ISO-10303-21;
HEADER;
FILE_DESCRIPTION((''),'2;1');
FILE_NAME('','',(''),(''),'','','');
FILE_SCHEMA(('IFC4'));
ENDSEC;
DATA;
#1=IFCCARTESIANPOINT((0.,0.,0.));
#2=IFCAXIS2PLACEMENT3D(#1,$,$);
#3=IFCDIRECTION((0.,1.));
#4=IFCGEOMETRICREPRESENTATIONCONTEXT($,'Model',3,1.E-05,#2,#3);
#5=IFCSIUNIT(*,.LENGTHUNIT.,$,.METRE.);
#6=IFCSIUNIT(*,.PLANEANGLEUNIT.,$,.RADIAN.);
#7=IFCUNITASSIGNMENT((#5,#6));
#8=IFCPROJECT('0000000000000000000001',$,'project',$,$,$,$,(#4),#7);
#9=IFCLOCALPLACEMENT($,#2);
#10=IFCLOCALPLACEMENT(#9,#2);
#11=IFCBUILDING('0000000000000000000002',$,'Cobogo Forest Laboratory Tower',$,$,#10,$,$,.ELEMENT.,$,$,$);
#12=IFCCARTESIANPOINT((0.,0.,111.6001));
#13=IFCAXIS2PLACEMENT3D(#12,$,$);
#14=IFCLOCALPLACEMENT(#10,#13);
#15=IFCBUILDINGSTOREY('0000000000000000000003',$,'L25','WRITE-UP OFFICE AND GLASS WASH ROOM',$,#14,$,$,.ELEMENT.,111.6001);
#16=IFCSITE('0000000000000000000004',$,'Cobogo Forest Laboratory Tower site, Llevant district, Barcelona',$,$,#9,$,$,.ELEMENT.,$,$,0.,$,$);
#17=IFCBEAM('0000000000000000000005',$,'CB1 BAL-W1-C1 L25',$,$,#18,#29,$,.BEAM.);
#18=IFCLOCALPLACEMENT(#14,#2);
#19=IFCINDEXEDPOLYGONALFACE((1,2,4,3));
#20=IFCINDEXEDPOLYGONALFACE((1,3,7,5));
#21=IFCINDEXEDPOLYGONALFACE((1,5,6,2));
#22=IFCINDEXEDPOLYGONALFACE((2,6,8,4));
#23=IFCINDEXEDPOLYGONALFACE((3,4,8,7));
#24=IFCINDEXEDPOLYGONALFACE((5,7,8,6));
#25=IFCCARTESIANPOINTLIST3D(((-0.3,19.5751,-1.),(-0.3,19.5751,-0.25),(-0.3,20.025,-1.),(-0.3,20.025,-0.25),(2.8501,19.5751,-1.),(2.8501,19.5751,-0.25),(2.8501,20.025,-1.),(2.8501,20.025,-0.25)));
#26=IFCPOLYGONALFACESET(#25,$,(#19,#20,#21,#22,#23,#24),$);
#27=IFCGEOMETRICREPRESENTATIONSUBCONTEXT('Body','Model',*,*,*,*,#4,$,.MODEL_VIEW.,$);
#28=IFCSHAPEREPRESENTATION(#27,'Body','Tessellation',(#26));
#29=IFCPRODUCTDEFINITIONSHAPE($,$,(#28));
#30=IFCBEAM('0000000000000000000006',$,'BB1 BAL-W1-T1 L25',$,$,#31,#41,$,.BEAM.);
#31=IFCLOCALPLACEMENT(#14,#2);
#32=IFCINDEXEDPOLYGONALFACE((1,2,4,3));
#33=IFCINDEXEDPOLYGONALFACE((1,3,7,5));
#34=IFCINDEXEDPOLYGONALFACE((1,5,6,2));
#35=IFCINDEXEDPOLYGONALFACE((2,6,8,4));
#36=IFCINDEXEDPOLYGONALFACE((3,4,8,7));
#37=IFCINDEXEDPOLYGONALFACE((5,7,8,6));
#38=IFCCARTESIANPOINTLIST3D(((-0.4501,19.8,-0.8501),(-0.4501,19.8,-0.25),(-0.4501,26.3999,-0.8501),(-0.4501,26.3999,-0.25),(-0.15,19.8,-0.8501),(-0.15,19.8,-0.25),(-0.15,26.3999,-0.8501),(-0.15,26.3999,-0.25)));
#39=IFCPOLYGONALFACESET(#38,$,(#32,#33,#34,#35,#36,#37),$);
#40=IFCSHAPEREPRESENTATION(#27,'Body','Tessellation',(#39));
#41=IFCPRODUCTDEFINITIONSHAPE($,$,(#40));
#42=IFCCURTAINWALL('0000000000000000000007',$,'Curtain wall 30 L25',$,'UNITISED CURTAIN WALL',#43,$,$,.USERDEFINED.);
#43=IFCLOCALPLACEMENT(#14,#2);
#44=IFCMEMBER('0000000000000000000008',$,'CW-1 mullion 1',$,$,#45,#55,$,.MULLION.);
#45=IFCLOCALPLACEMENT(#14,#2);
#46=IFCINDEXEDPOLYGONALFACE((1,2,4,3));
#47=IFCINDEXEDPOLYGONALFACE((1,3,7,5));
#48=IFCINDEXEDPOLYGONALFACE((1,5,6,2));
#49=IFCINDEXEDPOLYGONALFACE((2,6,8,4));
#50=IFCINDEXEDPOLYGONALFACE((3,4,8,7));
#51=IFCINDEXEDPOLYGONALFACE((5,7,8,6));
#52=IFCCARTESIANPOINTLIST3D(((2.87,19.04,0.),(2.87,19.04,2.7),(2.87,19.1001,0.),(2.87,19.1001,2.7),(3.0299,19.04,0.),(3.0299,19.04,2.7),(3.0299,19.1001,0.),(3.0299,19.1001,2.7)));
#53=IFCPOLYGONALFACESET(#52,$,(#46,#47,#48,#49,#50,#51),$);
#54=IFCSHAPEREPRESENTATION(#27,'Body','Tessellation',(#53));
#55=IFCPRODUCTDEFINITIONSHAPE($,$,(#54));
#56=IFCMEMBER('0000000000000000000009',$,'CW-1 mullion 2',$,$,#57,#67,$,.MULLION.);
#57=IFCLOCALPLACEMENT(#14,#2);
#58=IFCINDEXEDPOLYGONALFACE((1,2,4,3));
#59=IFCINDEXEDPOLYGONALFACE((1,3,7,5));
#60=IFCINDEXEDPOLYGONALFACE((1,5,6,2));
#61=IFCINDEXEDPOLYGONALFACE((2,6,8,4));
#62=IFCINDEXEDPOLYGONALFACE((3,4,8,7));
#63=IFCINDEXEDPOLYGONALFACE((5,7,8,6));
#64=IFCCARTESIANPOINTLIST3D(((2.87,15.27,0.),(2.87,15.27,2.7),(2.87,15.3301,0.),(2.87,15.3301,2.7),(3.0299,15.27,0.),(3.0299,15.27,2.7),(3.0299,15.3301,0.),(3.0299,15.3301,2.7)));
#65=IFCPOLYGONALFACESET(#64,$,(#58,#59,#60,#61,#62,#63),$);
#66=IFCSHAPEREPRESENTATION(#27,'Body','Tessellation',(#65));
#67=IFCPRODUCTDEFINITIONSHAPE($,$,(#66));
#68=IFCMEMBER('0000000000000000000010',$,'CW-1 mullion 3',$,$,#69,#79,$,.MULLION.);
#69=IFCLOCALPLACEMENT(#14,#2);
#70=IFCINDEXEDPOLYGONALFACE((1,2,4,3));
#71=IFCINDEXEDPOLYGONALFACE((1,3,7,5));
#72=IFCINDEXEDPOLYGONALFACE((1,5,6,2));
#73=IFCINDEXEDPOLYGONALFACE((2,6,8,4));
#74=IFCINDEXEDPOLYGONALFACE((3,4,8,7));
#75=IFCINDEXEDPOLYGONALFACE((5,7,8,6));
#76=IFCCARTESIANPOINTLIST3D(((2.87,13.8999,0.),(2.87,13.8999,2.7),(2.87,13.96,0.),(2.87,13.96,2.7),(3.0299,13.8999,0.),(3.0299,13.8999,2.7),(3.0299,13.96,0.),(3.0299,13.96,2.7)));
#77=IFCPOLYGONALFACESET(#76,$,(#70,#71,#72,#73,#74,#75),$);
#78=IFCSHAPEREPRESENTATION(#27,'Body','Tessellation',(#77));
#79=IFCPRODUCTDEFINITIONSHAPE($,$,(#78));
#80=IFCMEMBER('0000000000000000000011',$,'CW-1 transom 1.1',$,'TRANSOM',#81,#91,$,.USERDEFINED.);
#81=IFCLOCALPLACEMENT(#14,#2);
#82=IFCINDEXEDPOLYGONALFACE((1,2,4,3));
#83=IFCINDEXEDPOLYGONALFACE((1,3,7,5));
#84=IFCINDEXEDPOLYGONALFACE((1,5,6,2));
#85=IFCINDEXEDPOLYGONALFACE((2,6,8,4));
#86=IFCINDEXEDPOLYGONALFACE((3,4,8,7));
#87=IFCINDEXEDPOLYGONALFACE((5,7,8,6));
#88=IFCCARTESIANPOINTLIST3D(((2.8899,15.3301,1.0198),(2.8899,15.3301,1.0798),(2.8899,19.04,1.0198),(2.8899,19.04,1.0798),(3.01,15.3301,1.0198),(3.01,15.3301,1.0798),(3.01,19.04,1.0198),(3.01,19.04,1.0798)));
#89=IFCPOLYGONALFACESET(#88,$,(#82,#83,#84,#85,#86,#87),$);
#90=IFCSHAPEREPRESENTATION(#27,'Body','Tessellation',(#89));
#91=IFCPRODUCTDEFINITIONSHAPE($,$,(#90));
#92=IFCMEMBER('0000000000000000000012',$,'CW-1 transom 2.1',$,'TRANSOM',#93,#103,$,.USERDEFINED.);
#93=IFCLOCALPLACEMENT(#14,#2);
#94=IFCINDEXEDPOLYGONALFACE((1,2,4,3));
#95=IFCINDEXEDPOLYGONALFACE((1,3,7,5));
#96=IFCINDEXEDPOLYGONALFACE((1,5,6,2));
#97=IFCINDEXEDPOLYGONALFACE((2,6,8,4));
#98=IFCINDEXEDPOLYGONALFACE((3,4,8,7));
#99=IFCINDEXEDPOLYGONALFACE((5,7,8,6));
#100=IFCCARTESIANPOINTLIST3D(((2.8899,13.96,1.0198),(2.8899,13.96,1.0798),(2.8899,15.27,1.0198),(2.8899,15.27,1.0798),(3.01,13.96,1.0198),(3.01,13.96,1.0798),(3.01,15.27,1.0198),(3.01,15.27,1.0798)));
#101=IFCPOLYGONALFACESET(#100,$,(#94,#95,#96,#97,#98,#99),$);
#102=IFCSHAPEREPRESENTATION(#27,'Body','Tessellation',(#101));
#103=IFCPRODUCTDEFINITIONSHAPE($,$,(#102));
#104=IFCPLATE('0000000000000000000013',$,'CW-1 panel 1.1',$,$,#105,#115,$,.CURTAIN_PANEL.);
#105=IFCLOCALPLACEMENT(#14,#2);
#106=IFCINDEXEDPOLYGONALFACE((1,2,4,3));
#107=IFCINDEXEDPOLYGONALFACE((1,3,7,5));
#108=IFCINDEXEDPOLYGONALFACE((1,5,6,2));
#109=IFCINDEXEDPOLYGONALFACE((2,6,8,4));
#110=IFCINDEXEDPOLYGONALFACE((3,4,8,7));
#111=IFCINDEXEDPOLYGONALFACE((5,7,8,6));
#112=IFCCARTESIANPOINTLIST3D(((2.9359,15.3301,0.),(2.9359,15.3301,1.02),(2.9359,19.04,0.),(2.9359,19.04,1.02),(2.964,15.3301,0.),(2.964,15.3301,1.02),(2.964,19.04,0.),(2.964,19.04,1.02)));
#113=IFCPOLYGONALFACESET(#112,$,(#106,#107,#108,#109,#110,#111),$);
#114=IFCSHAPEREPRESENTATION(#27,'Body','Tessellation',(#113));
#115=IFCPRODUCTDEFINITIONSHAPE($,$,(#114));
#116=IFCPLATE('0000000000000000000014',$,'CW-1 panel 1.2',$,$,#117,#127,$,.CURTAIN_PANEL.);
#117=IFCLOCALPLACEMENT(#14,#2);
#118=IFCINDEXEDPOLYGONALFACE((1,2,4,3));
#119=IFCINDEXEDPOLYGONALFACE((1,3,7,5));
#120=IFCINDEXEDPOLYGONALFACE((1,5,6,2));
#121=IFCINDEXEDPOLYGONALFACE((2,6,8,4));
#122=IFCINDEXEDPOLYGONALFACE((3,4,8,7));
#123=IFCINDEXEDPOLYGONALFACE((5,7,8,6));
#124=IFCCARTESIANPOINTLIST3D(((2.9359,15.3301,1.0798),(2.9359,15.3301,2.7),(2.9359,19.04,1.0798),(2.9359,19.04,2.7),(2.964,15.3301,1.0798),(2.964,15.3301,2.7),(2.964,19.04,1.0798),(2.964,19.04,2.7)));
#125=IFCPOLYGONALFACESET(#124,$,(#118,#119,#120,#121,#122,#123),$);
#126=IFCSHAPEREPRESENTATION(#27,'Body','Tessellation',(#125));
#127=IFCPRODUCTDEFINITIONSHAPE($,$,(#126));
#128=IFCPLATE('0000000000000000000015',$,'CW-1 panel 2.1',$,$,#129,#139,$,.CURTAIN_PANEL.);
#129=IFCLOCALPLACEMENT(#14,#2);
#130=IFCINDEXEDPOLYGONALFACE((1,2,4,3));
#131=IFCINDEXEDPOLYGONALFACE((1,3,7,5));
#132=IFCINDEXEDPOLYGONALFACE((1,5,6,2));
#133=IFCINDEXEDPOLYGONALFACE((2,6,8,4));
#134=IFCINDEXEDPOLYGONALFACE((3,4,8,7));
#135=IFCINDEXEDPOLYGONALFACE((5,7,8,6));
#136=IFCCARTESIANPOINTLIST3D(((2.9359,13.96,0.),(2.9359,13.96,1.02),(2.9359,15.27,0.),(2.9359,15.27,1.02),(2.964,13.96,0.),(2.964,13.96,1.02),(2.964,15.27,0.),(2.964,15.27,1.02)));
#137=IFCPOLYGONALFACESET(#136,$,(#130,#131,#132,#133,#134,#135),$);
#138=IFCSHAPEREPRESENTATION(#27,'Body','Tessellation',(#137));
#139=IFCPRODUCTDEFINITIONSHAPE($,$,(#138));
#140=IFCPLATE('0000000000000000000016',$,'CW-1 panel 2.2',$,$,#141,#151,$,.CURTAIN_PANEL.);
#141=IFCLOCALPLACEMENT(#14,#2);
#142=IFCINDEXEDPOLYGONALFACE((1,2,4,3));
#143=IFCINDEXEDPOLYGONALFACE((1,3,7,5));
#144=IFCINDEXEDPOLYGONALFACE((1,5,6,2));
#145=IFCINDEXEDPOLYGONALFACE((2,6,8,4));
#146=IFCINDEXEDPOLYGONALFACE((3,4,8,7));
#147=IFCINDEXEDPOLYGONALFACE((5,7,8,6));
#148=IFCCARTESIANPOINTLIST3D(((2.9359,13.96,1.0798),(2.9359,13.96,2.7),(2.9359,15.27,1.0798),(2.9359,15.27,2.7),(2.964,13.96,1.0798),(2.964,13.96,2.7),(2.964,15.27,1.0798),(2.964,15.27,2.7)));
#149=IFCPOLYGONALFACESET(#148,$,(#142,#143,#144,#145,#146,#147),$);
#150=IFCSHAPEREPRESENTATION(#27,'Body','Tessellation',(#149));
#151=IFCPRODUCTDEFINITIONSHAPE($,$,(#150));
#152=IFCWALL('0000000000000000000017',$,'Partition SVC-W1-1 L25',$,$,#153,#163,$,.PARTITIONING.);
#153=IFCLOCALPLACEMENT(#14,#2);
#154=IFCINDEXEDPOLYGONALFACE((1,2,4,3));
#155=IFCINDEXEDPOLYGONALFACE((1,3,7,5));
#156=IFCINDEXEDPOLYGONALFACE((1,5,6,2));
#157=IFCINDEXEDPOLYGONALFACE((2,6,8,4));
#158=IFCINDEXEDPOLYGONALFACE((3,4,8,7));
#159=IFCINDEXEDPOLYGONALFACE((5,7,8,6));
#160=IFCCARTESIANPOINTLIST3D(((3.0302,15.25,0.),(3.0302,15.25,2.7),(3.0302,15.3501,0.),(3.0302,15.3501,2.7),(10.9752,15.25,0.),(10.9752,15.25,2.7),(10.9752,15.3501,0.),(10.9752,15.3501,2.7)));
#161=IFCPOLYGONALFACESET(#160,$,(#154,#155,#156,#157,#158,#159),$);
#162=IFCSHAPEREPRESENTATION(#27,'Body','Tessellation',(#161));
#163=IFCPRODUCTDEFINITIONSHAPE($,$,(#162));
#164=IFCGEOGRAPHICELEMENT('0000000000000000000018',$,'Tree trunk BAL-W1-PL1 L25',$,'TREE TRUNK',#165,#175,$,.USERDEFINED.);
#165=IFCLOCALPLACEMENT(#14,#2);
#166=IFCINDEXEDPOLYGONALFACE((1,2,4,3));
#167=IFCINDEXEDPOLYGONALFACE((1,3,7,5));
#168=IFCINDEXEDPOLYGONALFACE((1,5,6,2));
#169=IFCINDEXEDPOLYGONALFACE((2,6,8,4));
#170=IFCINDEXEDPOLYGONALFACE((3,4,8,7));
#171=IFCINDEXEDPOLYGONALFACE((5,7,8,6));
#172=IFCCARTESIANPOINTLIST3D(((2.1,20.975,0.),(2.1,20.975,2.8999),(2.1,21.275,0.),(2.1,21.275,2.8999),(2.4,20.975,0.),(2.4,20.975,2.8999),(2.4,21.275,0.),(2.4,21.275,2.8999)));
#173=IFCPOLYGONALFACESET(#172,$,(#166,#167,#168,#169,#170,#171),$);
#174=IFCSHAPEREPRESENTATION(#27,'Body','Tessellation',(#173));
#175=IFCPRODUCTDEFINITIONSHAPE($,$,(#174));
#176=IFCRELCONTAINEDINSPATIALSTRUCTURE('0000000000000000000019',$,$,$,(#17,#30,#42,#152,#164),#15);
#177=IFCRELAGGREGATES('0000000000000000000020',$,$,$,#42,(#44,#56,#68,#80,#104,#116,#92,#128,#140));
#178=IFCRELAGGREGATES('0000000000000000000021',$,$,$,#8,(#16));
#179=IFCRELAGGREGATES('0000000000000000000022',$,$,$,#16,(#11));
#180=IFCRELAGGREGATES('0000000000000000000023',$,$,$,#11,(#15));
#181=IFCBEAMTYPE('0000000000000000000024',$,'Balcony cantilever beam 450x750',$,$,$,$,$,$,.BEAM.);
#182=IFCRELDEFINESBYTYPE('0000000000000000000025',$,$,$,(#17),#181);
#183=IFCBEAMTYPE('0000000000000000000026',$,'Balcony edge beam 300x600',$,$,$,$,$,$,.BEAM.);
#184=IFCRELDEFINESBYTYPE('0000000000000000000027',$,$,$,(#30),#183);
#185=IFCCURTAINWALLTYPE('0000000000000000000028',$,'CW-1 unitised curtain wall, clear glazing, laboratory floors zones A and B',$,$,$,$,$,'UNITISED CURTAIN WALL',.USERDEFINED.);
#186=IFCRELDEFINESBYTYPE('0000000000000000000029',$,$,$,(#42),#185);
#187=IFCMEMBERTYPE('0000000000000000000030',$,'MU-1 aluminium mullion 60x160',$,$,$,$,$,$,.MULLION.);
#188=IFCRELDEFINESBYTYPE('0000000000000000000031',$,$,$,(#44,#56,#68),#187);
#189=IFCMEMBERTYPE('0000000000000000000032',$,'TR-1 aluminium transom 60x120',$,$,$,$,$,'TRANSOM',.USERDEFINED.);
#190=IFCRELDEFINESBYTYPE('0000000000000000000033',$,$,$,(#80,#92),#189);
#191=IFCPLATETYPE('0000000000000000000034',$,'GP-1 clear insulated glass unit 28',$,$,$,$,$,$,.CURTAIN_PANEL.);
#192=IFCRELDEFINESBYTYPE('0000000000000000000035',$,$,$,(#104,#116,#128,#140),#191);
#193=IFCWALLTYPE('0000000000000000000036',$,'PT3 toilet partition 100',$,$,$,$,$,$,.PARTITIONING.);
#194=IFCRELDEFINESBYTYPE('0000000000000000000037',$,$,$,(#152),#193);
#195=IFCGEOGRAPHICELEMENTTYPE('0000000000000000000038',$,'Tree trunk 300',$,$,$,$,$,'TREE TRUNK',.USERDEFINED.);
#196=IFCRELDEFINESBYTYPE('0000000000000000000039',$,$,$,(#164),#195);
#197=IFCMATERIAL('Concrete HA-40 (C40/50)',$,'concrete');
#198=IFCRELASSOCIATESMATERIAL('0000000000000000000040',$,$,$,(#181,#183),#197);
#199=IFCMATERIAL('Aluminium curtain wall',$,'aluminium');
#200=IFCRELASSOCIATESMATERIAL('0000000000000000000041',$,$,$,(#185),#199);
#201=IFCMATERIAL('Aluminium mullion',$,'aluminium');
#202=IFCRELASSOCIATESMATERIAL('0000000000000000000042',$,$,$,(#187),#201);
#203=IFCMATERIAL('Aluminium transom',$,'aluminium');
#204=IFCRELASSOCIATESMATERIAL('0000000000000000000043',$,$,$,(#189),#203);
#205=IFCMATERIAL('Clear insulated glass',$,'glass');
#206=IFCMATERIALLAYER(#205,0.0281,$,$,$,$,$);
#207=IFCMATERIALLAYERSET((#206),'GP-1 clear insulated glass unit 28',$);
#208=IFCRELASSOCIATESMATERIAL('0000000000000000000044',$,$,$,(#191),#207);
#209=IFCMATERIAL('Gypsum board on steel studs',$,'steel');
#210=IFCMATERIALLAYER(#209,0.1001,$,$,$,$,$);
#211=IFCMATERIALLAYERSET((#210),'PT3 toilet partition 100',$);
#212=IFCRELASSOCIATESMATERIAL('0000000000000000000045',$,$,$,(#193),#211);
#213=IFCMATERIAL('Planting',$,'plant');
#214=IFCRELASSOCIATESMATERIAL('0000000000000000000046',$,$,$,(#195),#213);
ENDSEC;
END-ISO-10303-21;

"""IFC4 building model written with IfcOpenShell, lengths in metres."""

from ifc_helpers import new_model, si_unit, direction, frame, frame_2d, origin, origin_2d, place, context, subcontext, project, spatial, rectangle, extrude, material, layer, layer_set, material_profile, profile_set, type_object, element, aggregate, save


model = new_model("IFC4")

# Units and contexts
model_context = context("Model", 3, precision=1e-05, world=origin(), true_north=direction((0.0, 1.0)))
body_context = subcontext(model_context, "Body", "Model", "MODEL_VIEW")
ifc_project = project(units=[si_unit("LENGTHUNIT", "METRE"), si_unit("PLANEANGLEUNIT", "RADIAN")], contexts=[model_context])

# Site, building, storey
site_placement = place(None, origin())
site = spatial("IfcSite", under=ifc_project, at=site_placement, Name="Cobogo Forest Laboratory Tower site, Llevant district, Barcelona", CompositionType="ELEMENT", RefElevation=0.0)
building_placement = place(site_placement, origin())
building = spatial("IfcBuilding", under=site, at=building_placement, Name="Cobogo Forest Laboratory Tower", CompositionType="ELEMENT")
storey_placement = place(building_placement, frame((0.0, 0.0, 111.6001)))
storey = spatial("IfcBuildingStorey", under=building, at=storey_placement, Name="L25", Description="WRITE-UP OFFICE AND GLASS WASH ROOM", CompositionType="ELEMENT", Elevation=111.6001)

# Beams
ifc_material_1 = material(Name="Concrete HA-40 (C40/50)", Category="concrete")
ifc_material_profile_1 = material_profile(ifc_material_1, rectangle(XDim=0.45, YDim=0.75, at=origin_2d()), Name="RC 450x750")
ifc_profile_set_1 = profile_set([ifc_material_profile_1], Name="Concrete HA-40 (C40/50)")
beam_type_1 = type_object("IfcBeamType", Name="Balcony cantilever beam 450x750", PredefinedType="BEAM", material=ifc_profile_set_1)
beam_1_placement = place(storey_placement, frame((2.8501, 19.8, -0.625), z_axis=(-1.0, 0.0, 0.0), x_axis=(0.0, -1.0, 0.0)))
element("IfcBeam", 1, at=beam_1_placement, inside=storey, type_object=beam_type_1, Name="CB1 BAL-W1-C1 L25", PredefinedType="BEAM", context=body_context, shape_type="SweptSolid", body=[
    extrude(rectangle(XDim=0.45, YDim=0.75, at=origin_2d()), origin(), (0.0, 0.0, 1.0), 3.1501),
])
ifc_material_profile_2 = material_profile(ifc_material_1, rectangle(XDim=0.3, YDim=0.6001, at=origin_2d()), Name="RC 300x600")
ifc_profile_set_2 = profile_set([ifc_material_profile_2], Name="Concrete HA-40 (C40/50)")
beam_type_2 = type_object("IfcBeamType", Name="Balcony edge beam 300x600", PredefinedType="BEAM", material=ifc_profile_set_2)
beam_2_placement = place(storey_placement, frame((-0.3, 19.8, -0.55), z_axis=(0.0, 1.0, 0.0), x_axis=(-1.0, 0.0, 0.0)))
element("IfcBeam", 2, at=beam_2_placement, inside=storey, type_object=beam_type_2, Name="BB1 BAL-W1-T1 L25", PredefinedType="BEAM", context=body_context, shape_type="SweptSolid", body=[
    extrude(rectangle(XDim=0.3, YDim=0.6001, at=origin_2d()), origin(), (0.0, 0.0, 1.0), 6.5999),
])

# Curtain wall, members, plates
ifc_material_2 = material(Name="Aluminium curtain wall", Category="aluminium")
curtain_wall_type = type_object("IfcCurtainWallType", Name="CW-1 unitised curtain wall, clear glazing, laboratory floors zones A and B", ElementType="UNITISED CURTAIN WALL", PredefinedType="USERDEFINED", material=ifc_material_2)
curtain_wall_placement = place(storey_placement, origin())
curtain_wall = element("IfcCurtainWall", 3, at=curtain_wall_placement, inside=storey, type_object=curtain_wall_type, Name="Curtain wall 30 L25", ObjectType="UNITISED CURTAIN WALL", PredefinedType="USERDEFINED")
ifc_material_3 = material(Name="Aluminium mullion", Category="aluminium")
ifc_material_profile_3 = material_profile(ifc_material_3, rectangle(XDim=0.0601, YDim=0.1599, at=origin_2d()), Name="AL 60x160")
ifc_profile_set_3 = profile_set([ifc_material_profile_3], Name="Aluminium mullion")
member_type_1 = type_object("IfcMemberType", Name="MU-1 aluminium mullion 60x160", PredefinedType="MULLION", material=ifc_profile_set_3)
member_1_placement = place(storey_placement, frame((2.95, 19.0701, 0.0), z_axis=(0.0, 0.0, 1.0), x_axis=(0.0, -1.0, 0.0)))
member_1 = element("IfcMember", 4, at=member_1_placement, type_object=member_type_1, Name="CW-1 mullion 1", PredefinedType="MULLION", context=body_context, shape_type="SweptSolid", body=[
    extrude(rectangle(XDim=0.0601, YDim=0.1599, at=origin_2d()), origin(), (0.0, 0.0, 1.0), 2.7),
])
member_2_placement = place(storey_placement, frame((2.95, 15.3, 0.0), z_axis=(0.0, 0.0, 1.0), x_axis=(0.0, -1.0, 0.0)))
member_2 = element("IfcMember", 5, at=member_2_placement, type_object=member_type_1, Name="CW-1 mullion 2", PredefinedType="MULLION", context=body_context, shape_type="SweptSolid", body=[
    extrude(rectangle(XDim=0.0601, YDim=0.1599, at=origin_2d()), origin(), (0.0, 0.0, 1.0), 2.7),
])
member_3_placement = place(storey_placement, frame((2.95, 13.9299, 0.0), z_axis=(0.0, 0.0, 1.0), x_axis=(0.0, -1.0, 0.0)))
member_3 = element("IfcMember", 6, at=member_3_placement, type_object=member_type_1, Name="CW-1 mullion 3", PredefinedType="MULLION", context=body_context, shape_type="SweptSolid", body=[
    extrude(rectangle(XDim=0.0601, YDim=0.1599, at=origin_2d()), origin(), (0.0, 0.0, 1.0), 2.7),
])
ifc_material_4 = material(Name="Aluminium transom", Category="aluminium")
ifc_material_profile_4 = material_profile(ifc_material_4, rectangle(XDim=0.1201, YDim=0.0601, at=origin_2d()), Name="AL 60x120")
ifc_profile_set_4 = profile_set([ifc_material_profile_4], Name="Aluminium transom")
member_type_2 = type_object("IfcMemberType", Name="TR-1 aluminium transom 60x120", ElementType="TRANSOM", PredefinedType="USERDEFINED", material=ifc_profile_set_4)
member_4_placement = place(storey_placement, frame((2.95, 19.04, 1.0498), z_axis=(0.0, -1.0, 0.0), x_axis=(1.0, 0.0, 0.0)))
member_4 = element("IfcMember", 7, at=member_4_placement, type_object=member_type_2, Name="CW-1 transom 1.1", ObjectType="TRANSOM", PredefinedType="USERDEFINED", context=body_context, shape_type="SweptSolid", body=[
    extrude(rectangle(XDim=0.1201, YDim=0.0601, at=origin_2d()), origin(), (0.0, 0.0, 1.0), 3.71),
])
member_5_placement = place(storey_placement, frame((2.95, 15.27, 1.0498), z_axis=(0.0, -1.0, 0.0), x_axis=(1.0, 0.0, 0.0)))
member_5 = element("IfcMember", 8, at=member_5_placement, type_object=member_type_2, Name="CW-1 transom 2.1", ObjectType="TRANSOM", PredefinedType="USERDEFINED", context=body_context, shape_type="SweptSolid", body=[
    extrude(rectangle(XDim=0.1201, YDim=0.0601, at=origin_2d()), origin(), (0.0, 0.0, 1.0), 1.3101),
])
ifc_material_5 = material(Name="Clear insulated glass", Category="glass")
ifc_layer_1 = layer(ifc_material_5, 0.0281)
ifc_layer_set_1 = layer_set([ifc_layer_1], Name="GP-1 clear insulated glass unit 28")
plate_type_1 = type_object("IfcPlateType", Name="GP-1 clear insulated glass unit 28", PredefinedType="CURTAIN_PANEL", material=ifc_layer_set_1)
plate_1_placement = place(storey_placement, frame((2.95, 17.1851, 0.0), z_axis=(0.0, 0.0, 1.0), x_axis=(0.0, -1.0, 0.0)))
plate_1 = element("IfcPlate", 9, at=plate_1_placement, type_object=plate_type_1, Name="CW-1 panel 1.1", PredefinedType="CURTAIN_PANEL", context=body_context, shape_type="SweptSolid", body=[
    extrude(rectangle(XDim=3.71, YDim=0.0281, at=origin_2d()), origin(), (0.0, 0.0, 1.0), 1.02),
])
plate_2_placement = place(storey_placement, frame((2.95, 17.1851, 1.0798), z_axis=(0.0, 0.0, 1.0), x_axis=(0.0, -1.0, 0.0)))
plate_2 = element("IfcPlate", 10, at=plate_2_placement, type_object=plate_type_1, Name="CW-1 panel 1.2", PredefinedType="CURTAIN_PANEL", context=body_context, shape_type="SweptSolid", body=[
    extrude(rectangle(XDim=3.71, YDim=0.0281, at=origin_2d()), origin(), (0.0, 0.0, 1.0), 1.6201),
])
plate_3_placement = place(storey_placement, frame((2.95, 14.615, 0.0), z_axis=(0.0, 0.0, 1.0), x_axis=(0.0, -1.0, 0.0)))
plate_3 = element("IfcPlate", 11, at=plate_3_placement, type_object=plate_type_1, Name="CW-1 panel 2.1", PredefinedType="CURTAIN_PANEL", context=body_context, shape_type="SweptSolid", body=[
    extrude(rectangle(XDim=1.3101, YDim=0.0281, at=origin_2d()), origin(), (0.0, 0.0, 1.0), 1.02),
])
plate_4_placement = place(storey_placement, frame((2.95, 14.615, 1.0798), z_axis=(0.0, 0.0, 1.0), x_axis=(0.0, -1.0, 0.0)))
plate_4 = element("IfcPlate", 12, at=plate_4_placement, type_object=plate_type_1, Name="CW-1 panel 2.2", PredefinedType="CURTAIN_PANEL", context=body_context, shape_type="SweptSolid", body=[
    extrude(rectangle(XDim=1.3101, YDim=0.0281, at=origin_2d()), origin(), (0.0, 0.0, 1.0), 1.6201),
])
aggregate(curtain_wall, [member_1, member_2, member_3, member_4, plate_1, plate_2, member_5, plate_3, plate_4])

# Wall
ifc_material_6 = material(Name="Gypsum board on steel studs", Category="steel")
ifc_layer_2 = layer(ifc_material_6, 0.1001)
ifc_layer_set_2 = layer_set([ifc_layer_2], Name="PT3 toilet partition 100")
wall_type = type_object("IfcWallType", Name="PT3 toilet partition 100", PredefinedType="PARTITIONING", material=ifc_layer_set_2)
wall_placement = place(storey_placement, frame((3.03, 15.3, 0.0), z_axis=(0.0, 0.0, 1.0), x_axis=(1.0, 0.0, 0.0)))
element("IfcWall", 13, at=wall_placement, inside=storey, type_object=wall_type, Name="Partition SVC-W1-1 L25", PredefinedType="PARTITIONING", context=body_context, shape_type="SweptSolid", body=[
    extrude(rectangle(XDim=7.9451, YDim=0.1001, at=frame_2d((3.9727, 0.0))), origin(), (0.0, 0.0, 1.0), 2.7),
])

# Geographic element
ifc_material_7 = material(Name="Planting", Category="plant")
geographic_element_type = type_object("IfcGeographicElementType", Name="Tree trunk 300", ElementType="TREE TRUNK", PredefinedType="USERDEFINED", material=ifc_material_7)
geographic_element_placement = place(storey_placement, frame((2.25, 21.125, 0.0), z_axis=(0.0, 0.0, 1.0), x_axis=(1.0, 0.0, 0.0)))
element("IfcGeographicElement", 14, at=geographic_element_placement, inside=storey, type_object=geographic_element_type, Name="Tree trunk BAL-W1-PL1 L25", ObjectType="TREE TRUNK", PredefinedType="USERDEFINED", context=body_context, shape_type="SweptSolid", body=[
    extrude(rectangle(XDim=0.3, YDim=0.3, at=origin_2d()), origin(), (0.0, 0.0, 1.0), 2.8999),
])

save(model, "model.ifc")
